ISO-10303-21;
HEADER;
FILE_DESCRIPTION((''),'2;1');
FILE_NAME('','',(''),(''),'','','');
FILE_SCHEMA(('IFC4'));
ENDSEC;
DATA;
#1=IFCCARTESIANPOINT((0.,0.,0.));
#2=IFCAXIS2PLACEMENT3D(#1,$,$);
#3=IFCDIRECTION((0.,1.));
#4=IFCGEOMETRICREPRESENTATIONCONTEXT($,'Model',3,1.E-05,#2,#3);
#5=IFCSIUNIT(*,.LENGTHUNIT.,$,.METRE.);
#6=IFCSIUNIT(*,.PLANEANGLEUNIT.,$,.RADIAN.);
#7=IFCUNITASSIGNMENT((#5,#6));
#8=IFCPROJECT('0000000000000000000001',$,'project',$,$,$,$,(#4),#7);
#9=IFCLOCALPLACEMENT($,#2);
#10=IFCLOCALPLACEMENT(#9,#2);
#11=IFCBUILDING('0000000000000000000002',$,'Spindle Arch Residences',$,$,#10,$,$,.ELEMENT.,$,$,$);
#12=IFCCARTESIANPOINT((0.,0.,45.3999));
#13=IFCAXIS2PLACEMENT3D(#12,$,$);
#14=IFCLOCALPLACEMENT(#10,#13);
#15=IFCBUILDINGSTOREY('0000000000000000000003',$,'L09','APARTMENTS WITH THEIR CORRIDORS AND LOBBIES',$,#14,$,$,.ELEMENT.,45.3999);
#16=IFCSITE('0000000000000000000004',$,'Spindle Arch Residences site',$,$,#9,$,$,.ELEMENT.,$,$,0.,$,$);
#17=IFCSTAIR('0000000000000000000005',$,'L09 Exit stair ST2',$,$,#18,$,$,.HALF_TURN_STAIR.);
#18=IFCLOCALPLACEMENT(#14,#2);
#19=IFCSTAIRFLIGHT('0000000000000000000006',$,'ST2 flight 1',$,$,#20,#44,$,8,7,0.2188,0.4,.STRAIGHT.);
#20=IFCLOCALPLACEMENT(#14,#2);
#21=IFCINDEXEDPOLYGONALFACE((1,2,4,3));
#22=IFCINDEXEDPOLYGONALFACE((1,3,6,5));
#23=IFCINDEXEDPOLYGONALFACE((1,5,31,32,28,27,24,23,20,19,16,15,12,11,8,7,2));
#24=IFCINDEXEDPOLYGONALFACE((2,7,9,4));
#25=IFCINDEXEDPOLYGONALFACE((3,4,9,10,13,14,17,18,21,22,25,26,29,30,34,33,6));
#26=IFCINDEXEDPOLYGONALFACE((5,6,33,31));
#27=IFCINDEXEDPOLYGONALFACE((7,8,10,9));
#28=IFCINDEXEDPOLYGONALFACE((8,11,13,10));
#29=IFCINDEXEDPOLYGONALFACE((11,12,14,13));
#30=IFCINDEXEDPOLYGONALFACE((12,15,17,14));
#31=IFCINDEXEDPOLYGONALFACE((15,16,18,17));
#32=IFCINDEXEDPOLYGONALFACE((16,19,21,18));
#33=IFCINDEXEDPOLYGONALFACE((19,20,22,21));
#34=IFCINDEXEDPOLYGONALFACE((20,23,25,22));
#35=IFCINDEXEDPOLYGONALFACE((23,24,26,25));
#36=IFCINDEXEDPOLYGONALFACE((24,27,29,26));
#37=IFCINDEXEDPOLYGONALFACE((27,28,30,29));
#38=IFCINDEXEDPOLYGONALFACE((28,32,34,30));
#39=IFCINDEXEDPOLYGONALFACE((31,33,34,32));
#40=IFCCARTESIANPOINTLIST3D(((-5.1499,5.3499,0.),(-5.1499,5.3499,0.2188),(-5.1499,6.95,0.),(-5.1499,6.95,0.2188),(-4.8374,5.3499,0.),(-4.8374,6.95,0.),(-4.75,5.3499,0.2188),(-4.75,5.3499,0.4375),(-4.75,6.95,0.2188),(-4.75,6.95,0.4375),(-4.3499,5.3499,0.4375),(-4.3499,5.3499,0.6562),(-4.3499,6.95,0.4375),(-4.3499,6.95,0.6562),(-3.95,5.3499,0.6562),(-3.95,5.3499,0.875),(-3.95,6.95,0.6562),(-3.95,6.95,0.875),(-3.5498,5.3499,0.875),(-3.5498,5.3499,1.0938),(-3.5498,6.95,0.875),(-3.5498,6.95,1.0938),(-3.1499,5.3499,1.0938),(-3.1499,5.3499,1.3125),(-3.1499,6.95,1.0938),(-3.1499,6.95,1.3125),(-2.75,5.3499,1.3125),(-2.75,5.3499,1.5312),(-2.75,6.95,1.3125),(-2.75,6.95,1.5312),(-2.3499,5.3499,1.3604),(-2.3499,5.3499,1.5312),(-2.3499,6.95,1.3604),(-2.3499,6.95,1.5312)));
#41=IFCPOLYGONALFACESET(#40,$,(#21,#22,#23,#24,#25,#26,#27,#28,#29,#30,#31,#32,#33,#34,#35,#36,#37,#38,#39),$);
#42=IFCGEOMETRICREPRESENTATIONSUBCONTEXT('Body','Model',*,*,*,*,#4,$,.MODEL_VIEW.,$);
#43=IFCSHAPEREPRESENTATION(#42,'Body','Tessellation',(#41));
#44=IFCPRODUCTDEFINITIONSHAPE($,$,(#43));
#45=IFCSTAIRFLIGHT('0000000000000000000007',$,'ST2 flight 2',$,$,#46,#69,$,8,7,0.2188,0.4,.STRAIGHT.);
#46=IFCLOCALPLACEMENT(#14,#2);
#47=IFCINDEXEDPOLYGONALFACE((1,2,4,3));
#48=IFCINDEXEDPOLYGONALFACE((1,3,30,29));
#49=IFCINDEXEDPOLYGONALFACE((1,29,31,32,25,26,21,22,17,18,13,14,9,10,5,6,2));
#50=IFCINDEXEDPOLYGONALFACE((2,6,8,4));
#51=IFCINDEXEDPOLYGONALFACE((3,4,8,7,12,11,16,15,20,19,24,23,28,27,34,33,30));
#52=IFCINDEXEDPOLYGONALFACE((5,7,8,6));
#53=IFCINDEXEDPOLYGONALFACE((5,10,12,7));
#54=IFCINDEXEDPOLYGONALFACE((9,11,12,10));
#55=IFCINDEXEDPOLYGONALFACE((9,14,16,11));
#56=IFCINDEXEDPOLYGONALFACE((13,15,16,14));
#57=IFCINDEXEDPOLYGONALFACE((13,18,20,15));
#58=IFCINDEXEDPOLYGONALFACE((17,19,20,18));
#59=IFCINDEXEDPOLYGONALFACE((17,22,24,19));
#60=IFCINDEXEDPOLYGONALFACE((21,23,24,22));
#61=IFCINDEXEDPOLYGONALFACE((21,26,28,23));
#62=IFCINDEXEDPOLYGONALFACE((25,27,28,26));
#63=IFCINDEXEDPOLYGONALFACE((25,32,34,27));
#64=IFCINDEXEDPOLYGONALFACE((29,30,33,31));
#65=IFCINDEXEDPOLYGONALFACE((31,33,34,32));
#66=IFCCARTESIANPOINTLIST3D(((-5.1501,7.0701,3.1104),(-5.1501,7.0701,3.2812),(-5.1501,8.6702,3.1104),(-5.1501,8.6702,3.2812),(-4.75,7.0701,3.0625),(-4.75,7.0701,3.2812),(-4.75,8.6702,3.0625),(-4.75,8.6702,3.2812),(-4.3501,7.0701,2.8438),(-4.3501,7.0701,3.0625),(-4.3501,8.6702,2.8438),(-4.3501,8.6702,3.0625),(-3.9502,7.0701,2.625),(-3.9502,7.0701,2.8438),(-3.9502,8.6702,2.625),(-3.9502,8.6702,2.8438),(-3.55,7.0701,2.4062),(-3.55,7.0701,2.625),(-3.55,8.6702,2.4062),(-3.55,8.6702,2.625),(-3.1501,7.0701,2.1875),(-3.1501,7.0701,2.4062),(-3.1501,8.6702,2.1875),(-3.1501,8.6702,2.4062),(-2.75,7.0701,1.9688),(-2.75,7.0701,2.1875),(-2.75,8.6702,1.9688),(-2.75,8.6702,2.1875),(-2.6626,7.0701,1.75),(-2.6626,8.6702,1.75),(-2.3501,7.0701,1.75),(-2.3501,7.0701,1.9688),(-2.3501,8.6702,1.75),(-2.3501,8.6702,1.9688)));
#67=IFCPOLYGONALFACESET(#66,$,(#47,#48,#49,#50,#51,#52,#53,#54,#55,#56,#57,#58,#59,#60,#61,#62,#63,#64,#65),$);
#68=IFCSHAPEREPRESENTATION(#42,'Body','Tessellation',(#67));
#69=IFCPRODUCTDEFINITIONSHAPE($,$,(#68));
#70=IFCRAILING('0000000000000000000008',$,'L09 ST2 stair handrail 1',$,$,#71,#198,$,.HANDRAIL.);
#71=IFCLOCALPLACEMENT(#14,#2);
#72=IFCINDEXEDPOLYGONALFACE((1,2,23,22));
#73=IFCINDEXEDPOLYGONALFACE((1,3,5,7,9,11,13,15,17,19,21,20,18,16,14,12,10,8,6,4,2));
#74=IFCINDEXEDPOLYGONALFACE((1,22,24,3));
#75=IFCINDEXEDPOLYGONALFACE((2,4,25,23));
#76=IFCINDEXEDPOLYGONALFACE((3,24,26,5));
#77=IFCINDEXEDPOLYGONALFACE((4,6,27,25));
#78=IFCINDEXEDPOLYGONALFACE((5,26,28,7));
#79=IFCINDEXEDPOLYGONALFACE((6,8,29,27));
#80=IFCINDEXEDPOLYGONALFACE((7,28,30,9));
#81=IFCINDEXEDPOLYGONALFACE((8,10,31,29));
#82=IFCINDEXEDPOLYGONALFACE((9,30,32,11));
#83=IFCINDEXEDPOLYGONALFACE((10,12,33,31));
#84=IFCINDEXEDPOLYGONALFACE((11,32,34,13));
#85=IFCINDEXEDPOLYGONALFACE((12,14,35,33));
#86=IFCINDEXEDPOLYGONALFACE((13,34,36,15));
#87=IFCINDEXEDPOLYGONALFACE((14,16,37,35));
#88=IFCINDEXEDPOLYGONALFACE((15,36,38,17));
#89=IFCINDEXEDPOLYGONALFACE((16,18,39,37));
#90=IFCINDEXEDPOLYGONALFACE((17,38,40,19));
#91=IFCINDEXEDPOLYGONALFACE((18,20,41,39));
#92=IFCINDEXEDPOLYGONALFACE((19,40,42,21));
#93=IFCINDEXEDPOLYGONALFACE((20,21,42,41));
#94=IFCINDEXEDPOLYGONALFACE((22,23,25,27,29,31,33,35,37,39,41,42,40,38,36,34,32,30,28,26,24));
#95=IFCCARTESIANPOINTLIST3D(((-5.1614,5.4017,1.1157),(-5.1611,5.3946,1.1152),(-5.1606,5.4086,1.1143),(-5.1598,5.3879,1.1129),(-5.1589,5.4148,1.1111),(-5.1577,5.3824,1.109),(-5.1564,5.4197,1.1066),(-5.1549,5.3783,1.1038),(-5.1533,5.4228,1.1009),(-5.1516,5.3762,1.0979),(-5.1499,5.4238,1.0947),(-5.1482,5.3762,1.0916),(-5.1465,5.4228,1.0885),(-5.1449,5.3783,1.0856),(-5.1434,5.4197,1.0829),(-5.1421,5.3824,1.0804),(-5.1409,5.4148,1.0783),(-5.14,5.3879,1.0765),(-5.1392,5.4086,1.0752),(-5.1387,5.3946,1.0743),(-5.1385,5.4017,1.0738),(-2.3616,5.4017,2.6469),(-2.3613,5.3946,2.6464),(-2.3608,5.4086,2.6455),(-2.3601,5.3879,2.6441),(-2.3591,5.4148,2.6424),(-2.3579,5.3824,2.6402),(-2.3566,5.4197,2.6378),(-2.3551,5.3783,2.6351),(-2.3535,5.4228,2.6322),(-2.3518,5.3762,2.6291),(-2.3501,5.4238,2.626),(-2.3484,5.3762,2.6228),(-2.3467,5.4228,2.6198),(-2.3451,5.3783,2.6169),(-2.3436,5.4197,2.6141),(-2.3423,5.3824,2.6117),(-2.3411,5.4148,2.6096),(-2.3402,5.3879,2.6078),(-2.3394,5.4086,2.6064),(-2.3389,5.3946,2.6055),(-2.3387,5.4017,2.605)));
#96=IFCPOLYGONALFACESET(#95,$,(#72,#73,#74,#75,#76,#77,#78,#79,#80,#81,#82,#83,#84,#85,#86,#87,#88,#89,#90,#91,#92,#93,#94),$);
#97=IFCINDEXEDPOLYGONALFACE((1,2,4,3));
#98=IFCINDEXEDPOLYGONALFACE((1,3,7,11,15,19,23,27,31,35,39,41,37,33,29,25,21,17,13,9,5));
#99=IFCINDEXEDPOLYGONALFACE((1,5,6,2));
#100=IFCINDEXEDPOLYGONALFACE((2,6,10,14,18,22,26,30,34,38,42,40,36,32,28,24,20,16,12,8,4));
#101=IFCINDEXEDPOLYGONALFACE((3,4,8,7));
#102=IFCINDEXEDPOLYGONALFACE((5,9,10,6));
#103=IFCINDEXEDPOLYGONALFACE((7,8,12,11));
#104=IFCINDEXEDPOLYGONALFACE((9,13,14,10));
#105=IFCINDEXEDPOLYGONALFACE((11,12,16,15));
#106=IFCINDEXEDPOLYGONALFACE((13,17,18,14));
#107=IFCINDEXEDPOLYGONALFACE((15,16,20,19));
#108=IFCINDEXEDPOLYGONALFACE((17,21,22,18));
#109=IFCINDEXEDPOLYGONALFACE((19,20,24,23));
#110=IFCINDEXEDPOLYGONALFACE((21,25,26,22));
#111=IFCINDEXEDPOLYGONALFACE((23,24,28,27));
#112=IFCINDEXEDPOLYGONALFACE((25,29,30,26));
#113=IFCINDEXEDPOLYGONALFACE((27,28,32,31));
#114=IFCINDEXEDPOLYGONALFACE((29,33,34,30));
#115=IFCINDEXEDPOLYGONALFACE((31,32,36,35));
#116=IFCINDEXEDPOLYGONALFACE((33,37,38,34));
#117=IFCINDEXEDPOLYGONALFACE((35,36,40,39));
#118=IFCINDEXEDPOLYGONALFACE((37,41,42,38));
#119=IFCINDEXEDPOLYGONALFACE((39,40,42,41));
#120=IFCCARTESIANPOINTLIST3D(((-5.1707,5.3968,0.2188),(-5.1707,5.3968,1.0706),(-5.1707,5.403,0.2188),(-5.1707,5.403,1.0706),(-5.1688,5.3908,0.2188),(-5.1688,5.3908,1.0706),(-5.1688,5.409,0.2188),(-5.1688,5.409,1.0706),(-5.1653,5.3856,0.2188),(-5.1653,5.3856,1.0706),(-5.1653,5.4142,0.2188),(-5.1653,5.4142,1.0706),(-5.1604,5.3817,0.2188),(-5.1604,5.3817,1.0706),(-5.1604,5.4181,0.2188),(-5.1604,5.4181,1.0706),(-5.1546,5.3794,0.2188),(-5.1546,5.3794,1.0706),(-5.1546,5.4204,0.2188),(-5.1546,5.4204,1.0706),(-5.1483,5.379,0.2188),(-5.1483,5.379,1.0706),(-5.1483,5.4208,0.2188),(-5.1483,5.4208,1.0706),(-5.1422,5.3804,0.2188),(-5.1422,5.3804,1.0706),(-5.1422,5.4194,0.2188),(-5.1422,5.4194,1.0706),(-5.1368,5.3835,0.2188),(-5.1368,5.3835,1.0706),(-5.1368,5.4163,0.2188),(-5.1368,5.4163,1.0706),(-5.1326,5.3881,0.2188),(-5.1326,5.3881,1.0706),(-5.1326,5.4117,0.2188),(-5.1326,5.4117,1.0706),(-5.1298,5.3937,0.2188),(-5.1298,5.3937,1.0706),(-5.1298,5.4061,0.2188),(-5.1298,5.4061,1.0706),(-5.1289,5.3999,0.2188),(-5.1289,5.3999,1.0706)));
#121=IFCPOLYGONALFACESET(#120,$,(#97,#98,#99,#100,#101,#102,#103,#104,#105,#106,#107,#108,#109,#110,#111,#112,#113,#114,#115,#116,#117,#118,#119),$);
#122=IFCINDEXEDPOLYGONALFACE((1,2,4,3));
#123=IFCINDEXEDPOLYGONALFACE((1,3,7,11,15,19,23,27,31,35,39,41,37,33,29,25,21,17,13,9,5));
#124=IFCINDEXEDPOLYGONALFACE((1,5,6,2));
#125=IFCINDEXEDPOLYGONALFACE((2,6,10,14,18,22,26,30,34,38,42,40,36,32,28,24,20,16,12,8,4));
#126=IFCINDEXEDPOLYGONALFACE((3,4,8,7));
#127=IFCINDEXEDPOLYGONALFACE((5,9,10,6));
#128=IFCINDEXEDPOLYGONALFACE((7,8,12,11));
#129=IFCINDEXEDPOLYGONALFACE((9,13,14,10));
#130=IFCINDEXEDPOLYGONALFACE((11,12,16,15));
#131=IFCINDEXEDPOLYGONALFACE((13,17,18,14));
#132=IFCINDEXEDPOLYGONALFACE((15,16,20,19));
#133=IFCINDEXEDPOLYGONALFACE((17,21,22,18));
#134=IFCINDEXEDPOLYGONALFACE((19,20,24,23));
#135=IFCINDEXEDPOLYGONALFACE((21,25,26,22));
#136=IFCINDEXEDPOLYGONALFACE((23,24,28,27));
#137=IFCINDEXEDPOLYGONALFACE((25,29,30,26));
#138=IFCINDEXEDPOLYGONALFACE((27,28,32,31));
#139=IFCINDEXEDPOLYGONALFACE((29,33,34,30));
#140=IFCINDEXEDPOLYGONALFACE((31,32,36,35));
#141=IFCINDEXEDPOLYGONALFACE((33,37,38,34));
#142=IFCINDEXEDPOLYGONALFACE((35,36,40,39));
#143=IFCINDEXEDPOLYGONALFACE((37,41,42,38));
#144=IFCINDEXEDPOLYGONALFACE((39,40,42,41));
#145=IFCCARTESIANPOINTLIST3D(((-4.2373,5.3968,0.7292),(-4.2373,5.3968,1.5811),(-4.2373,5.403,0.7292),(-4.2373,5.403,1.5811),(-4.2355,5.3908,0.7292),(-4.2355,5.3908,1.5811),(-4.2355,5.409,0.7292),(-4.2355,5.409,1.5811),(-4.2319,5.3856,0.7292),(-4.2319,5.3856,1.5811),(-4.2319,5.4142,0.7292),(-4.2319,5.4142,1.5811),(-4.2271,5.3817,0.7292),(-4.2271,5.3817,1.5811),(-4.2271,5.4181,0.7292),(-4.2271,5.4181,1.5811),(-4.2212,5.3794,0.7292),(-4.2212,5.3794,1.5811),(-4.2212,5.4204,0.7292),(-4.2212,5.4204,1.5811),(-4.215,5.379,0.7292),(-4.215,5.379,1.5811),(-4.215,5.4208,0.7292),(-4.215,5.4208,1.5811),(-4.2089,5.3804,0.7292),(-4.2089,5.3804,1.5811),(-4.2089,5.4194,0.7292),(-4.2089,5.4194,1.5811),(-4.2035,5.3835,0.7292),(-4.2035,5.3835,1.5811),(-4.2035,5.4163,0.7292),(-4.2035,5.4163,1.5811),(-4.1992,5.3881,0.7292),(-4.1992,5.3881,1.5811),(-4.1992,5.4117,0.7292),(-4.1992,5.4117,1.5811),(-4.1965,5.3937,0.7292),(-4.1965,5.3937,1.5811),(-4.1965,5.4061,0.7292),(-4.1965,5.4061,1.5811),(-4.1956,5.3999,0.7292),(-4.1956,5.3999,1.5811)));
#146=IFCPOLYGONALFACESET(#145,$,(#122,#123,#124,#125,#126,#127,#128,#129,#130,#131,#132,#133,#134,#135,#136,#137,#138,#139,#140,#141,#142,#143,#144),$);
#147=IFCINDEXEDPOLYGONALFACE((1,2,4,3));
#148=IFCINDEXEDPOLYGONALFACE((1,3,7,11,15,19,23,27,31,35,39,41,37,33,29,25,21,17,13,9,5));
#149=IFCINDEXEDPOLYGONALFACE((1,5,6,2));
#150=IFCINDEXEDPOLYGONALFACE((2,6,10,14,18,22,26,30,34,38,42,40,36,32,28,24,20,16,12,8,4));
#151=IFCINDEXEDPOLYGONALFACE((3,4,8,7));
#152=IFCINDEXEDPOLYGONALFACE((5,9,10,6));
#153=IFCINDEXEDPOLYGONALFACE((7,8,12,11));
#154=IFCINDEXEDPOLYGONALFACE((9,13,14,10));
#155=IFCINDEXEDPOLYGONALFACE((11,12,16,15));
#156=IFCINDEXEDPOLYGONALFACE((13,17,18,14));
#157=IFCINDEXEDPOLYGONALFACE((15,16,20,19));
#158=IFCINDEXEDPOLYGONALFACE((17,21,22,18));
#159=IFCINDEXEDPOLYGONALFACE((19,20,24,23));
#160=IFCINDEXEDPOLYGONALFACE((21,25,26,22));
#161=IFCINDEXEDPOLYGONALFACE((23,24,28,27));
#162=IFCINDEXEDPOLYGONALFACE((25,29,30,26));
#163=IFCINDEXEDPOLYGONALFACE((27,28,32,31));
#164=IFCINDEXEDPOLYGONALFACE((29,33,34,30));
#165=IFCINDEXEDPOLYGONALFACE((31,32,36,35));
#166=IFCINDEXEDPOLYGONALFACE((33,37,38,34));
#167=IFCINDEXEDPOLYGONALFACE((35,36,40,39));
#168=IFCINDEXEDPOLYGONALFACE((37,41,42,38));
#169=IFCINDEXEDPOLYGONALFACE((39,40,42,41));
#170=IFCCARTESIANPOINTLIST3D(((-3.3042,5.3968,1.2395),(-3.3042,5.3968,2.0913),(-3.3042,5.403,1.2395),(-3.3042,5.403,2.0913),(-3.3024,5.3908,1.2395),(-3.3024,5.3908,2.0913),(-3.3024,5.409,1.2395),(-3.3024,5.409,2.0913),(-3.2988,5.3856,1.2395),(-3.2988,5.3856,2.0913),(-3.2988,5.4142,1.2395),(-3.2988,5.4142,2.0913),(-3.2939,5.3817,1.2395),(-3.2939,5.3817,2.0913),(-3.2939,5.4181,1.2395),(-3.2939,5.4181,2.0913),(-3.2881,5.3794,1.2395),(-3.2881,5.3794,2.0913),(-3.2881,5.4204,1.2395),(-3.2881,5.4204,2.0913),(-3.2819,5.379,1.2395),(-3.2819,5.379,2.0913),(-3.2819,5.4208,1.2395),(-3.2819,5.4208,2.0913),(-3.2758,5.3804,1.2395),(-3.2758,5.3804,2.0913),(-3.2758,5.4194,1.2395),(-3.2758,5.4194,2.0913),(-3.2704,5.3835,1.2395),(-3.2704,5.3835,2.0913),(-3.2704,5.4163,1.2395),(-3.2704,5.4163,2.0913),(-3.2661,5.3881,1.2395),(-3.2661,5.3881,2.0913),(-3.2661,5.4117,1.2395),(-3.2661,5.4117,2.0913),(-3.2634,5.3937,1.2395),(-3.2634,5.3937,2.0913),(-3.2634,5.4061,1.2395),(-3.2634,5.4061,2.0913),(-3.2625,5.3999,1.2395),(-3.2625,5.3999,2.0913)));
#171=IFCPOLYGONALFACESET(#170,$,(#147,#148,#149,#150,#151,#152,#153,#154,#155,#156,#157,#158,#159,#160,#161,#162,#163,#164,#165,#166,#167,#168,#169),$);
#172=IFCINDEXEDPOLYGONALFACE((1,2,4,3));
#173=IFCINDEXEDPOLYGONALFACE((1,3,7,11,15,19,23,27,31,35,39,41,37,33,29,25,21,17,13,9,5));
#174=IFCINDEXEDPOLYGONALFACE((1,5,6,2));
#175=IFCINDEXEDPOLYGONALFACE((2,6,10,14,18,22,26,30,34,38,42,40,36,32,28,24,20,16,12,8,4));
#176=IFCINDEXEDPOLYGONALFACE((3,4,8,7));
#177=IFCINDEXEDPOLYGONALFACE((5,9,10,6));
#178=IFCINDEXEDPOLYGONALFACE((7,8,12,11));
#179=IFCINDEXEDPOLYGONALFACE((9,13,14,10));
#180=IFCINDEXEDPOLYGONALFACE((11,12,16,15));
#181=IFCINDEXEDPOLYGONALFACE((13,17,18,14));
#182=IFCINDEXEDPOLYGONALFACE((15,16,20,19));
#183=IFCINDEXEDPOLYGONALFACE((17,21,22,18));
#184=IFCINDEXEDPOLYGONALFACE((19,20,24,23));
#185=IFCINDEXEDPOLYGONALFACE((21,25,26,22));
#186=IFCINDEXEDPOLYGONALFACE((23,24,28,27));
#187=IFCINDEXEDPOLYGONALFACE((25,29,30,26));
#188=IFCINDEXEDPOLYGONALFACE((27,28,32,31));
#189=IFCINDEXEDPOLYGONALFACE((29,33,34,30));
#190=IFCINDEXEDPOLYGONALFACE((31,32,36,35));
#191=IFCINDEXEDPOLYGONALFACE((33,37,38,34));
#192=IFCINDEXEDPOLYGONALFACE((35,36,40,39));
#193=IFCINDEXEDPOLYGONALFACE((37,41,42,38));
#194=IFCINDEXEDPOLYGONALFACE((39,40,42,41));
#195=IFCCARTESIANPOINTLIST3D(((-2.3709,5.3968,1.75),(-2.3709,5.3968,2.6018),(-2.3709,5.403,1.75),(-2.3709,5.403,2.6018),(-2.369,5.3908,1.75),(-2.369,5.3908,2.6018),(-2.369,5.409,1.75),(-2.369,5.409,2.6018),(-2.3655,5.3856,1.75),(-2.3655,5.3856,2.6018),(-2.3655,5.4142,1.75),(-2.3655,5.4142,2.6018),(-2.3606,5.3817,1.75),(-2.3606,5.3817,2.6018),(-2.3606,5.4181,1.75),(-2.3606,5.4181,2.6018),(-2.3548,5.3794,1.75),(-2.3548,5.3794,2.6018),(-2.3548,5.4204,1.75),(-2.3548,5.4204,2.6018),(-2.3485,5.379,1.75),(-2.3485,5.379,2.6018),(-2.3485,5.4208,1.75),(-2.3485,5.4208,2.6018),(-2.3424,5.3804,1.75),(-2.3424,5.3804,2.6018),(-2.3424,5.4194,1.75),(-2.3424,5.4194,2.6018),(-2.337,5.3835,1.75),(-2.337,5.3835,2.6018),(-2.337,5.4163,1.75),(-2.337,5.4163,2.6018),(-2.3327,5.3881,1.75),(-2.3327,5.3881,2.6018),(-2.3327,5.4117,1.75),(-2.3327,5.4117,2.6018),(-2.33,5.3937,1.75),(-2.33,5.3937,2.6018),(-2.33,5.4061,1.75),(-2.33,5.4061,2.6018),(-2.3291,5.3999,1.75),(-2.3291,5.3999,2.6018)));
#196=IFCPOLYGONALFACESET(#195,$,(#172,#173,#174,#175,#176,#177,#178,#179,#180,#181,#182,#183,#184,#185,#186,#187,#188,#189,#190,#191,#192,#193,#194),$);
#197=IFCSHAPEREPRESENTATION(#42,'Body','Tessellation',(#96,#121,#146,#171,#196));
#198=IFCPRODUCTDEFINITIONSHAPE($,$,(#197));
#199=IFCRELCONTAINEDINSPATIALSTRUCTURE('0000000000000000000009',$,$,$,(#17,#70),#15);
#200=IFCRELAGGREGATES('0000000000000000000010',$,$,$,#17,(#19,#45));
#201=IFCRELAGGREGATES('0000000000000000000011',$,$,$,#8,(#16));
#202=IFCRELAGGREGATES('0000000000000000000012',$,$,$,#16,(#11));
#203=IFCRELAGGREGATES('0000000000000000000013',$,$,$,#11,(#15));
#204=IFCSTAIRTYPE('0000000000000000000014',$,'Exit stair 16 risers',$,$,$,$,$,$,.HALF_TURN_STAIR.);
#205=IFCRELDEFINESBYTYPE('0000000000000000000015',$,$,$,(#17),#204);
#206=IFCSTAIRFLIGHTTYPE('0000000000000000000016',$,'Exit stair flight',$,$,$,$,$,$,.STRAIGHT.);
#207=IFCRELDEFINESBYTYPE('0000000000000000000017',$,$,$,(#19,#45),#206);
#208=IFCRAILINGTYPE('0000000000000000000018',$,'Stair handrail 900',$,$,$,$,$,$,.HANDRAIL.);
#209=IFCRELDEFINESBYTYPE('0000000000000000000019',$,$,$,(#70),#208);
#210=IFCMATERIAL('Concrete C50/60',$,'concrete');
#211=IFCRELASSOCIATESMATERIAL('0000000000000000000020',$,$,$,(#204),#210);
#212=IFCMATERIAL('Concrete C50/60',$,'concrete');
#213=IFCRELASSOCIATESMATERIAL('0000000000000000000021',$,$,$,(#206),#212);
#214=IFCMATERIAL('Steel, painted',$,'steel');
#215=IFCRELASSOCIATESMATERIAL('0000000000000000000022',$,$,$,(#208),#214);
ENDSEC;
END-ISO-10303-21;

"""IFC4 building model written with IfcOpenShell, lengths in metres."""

from ifc_helpers import new_model, si_unit, direction, frame, origin, origin_2d, place, context, subcontext, project, spatial, polyline, circle, outline, extrude, material, type_object, element, aggregate, save


model = new_model("IFC4")

# Units and contexts
model_context = context("Model", 3, precision=1e-05, world=origin(), true_north=direction((0.0, 1.0)))
body_context = subcontext(model_context, "Body", "Model", "MODEL_VIEW")
ifc_project = project(units=[si_unit("LENGTHUNIT", "METRE"), si_unit("PLANEANGLEUNIT", "RADIAN")], contexts=[model_context])

# Site, building, storey
site_placement = place(None, origin())
site = spatial("IfcSite", under=ifc_project, at=site_placement, Name="Spindle Arch Residences site", CompositionType="ELEMENT", RefElevation=0.0)
building_placement = place(site_placement, origin())
building = spatial("IfcBuilding", under=site, at=building_placement, Name="Spindle Arch Residences", CompositionType="ELEMENT")
storey_placement = place(building_placement, frame((0.0, 0.0, 45.3999)))
storey = spatial("IfcBuildingStorey", under=building, at=storey_placement, Name="L09", Description="APARTMENTS WITH THEIR CORRIDORS AND LOBBIES", CompositionType="ELEMENT", Elevation=45.3999)

# Stair, stair flights
ifc_material_1 = material(Name="Concrete C50/60", Category="concrete")
stair_type = type_object("IfcStairType", Name="Exit stair 16 risers", PredefinedType="HALF_TURN_STAIR", material=ifc_material_1)
stair_placement = place(storey_placement, origin())
stair = element("IfcStair", 1, at=stair_placement, inside=storey, type_object=stair_type, Name="L09 Exit stair ST2", PredefinedType="HALF_TURN_STAIR")
ifc_material_2 = material(Name="Concrete C50/60", Category="concrete")
stair_flight_type = type_object("IfcStairFlightType", Name="Exit stair flight", PredefinedType="STRAIGHT", material=ifc_material_2)
stair_flight_1_placement = place(storey_placement, frame((-5.1499, 6.1499, 0.0), z_axis=(0.0, 0.0, 1.0), x_axis=(1.0, 0.0, 0.0)))
stair_flight_1 = element("IfcStairFlight", 2, at=stair_flight_1_placement, type_object=stair_flight_type, Name="ST2 flight 1", NumberOfRisers=8, NumberOfTreads=7, PredefinedType="STRAIGHT", RiserHeight=0.2188, TreadLength=0.4, context=body_context, shape_type="SweptSolid", body=[
    extrude(outline(polyline([(0.0, 0.0), (0.0, 0.2188), (0.3999, 0.2188), (0.3999, 0.4375), (0.8, 0.4375), (0.8, 0.6562), (1.2, 0.6562), (1.2, 0.875), (1.6001, 0.875), (1.6001, 1.0938), (2.0, 1.0938), (2.0, 1.3125), (2.3999, 1.3125), (2.3999, 1.5312), (2.8, 1.5312), (2.8, 1.75), (2.8, 1.3604), (0.3125, 0.0), (0.0, 0.0)])), frame((0.0, 0.8, 0.0), z_axis=(0.0, -1.0, 0.0), x_axis=(1.0, 0.0, 0.0)), (0.0, 0.0, 1.0), 1.6001),
])
stair_flight_2_placement = place(storey_placement, frame((-2.3501, 7.8701, 1.75), z_axis=(0.0, 0.0, 1.0), x_axis=(-1.0, 0.0, 0.0)))
stair_flight_2 = element("IfcStairFlight", 3, at=stair_flight_2_placement, type_object=stair_flight_type, Name="ST2 flight 2", NumberOfRisers=8, NumberOfTreads=7, PredefinedType="STRAIGHT", RiserHeight=0.2188, TreadLength=0.4, context=body_context, shape_type="SweptSolid", body=[
    extrude(outline(polyline([(0.0, 0.0), (0.0, 0.2188), (0.3999, 0.2188), (0.3999, 0.4375), (0.8, 0.4375), (0.8, 0.6562), (1.2, 0.6562), (1.2, 0.875), (1.6001, 0.875), (1.6001, 1.0938), (2.0, 1.0938), (2.0, 1.3125), (2.3999, 1.3125), (2.3999, 1.5312), (2.8, 1.5312), (2.8, 1.75), (2.8, 1.3604), (0.3125, 0.0), (0.0, 0.0)])), frame((0.0, 0.8, 0.0), z_axis=(0.0, -1.0, 0.0), x_axis=(1.0, 0.0, 0.0)), (0.0, 0.0, 1.0), 1.6001),
])
aggregate(stair, [stair_flight_1, stair_flight_2])

# Railing
ifc_material_3 = material(Name="Steel, painted", Category="steel")
railing_type_1 = type_object("IfcRailingType", Name="Stair handrail 900", PredefinedType="HANDRAIL", material=ifc_material_3)
railing_1_placement = place(storey_placement, frame((-5.1499, 5.3999, 0.2188)))
element("IfcRailing", 4, at=railing_1_placement, inside=storey, type_object=railing_type_1, Name="L09 ST2 stair handrail 1", PredefinedType="HANDRAIL", context=body_context, shape_type="SweptSolid", body=[
    extrude(circle(Radius=0.0239, at=origin_2d()), frame((0.0, 0.0, 0.876), z_axis=(0.877357, 0.0, 0.479838), x_axis=(0.0, 1.0, 0.0)), (0.0, 0.0, 1.0), 3.1912),
    extrude(circle(Radius=0.021, at=origin_2d()), origin(), (0.0, 0.0, 1.0), 0.8518),
    extrude(circle(Radius=0.021, at=origin_2d()), frame((0.9333, 0.0, 0.5105)), (0.0, 0.0, 1.0), 0.8518),
    extrude(circle(Radius=0.021, at=origin_2d()), frame((1.8665, 0.0, 1.0208)), (0.0, 0.0, 1.0), 0.8518),
    extrude(circle(Radius=0.021, at=origin_2d()), frame((2.7998, 0.0, 1.5312)), (0.0, 0.0, 1.0), 0.8518),
])

save(model, "model.ifc")
